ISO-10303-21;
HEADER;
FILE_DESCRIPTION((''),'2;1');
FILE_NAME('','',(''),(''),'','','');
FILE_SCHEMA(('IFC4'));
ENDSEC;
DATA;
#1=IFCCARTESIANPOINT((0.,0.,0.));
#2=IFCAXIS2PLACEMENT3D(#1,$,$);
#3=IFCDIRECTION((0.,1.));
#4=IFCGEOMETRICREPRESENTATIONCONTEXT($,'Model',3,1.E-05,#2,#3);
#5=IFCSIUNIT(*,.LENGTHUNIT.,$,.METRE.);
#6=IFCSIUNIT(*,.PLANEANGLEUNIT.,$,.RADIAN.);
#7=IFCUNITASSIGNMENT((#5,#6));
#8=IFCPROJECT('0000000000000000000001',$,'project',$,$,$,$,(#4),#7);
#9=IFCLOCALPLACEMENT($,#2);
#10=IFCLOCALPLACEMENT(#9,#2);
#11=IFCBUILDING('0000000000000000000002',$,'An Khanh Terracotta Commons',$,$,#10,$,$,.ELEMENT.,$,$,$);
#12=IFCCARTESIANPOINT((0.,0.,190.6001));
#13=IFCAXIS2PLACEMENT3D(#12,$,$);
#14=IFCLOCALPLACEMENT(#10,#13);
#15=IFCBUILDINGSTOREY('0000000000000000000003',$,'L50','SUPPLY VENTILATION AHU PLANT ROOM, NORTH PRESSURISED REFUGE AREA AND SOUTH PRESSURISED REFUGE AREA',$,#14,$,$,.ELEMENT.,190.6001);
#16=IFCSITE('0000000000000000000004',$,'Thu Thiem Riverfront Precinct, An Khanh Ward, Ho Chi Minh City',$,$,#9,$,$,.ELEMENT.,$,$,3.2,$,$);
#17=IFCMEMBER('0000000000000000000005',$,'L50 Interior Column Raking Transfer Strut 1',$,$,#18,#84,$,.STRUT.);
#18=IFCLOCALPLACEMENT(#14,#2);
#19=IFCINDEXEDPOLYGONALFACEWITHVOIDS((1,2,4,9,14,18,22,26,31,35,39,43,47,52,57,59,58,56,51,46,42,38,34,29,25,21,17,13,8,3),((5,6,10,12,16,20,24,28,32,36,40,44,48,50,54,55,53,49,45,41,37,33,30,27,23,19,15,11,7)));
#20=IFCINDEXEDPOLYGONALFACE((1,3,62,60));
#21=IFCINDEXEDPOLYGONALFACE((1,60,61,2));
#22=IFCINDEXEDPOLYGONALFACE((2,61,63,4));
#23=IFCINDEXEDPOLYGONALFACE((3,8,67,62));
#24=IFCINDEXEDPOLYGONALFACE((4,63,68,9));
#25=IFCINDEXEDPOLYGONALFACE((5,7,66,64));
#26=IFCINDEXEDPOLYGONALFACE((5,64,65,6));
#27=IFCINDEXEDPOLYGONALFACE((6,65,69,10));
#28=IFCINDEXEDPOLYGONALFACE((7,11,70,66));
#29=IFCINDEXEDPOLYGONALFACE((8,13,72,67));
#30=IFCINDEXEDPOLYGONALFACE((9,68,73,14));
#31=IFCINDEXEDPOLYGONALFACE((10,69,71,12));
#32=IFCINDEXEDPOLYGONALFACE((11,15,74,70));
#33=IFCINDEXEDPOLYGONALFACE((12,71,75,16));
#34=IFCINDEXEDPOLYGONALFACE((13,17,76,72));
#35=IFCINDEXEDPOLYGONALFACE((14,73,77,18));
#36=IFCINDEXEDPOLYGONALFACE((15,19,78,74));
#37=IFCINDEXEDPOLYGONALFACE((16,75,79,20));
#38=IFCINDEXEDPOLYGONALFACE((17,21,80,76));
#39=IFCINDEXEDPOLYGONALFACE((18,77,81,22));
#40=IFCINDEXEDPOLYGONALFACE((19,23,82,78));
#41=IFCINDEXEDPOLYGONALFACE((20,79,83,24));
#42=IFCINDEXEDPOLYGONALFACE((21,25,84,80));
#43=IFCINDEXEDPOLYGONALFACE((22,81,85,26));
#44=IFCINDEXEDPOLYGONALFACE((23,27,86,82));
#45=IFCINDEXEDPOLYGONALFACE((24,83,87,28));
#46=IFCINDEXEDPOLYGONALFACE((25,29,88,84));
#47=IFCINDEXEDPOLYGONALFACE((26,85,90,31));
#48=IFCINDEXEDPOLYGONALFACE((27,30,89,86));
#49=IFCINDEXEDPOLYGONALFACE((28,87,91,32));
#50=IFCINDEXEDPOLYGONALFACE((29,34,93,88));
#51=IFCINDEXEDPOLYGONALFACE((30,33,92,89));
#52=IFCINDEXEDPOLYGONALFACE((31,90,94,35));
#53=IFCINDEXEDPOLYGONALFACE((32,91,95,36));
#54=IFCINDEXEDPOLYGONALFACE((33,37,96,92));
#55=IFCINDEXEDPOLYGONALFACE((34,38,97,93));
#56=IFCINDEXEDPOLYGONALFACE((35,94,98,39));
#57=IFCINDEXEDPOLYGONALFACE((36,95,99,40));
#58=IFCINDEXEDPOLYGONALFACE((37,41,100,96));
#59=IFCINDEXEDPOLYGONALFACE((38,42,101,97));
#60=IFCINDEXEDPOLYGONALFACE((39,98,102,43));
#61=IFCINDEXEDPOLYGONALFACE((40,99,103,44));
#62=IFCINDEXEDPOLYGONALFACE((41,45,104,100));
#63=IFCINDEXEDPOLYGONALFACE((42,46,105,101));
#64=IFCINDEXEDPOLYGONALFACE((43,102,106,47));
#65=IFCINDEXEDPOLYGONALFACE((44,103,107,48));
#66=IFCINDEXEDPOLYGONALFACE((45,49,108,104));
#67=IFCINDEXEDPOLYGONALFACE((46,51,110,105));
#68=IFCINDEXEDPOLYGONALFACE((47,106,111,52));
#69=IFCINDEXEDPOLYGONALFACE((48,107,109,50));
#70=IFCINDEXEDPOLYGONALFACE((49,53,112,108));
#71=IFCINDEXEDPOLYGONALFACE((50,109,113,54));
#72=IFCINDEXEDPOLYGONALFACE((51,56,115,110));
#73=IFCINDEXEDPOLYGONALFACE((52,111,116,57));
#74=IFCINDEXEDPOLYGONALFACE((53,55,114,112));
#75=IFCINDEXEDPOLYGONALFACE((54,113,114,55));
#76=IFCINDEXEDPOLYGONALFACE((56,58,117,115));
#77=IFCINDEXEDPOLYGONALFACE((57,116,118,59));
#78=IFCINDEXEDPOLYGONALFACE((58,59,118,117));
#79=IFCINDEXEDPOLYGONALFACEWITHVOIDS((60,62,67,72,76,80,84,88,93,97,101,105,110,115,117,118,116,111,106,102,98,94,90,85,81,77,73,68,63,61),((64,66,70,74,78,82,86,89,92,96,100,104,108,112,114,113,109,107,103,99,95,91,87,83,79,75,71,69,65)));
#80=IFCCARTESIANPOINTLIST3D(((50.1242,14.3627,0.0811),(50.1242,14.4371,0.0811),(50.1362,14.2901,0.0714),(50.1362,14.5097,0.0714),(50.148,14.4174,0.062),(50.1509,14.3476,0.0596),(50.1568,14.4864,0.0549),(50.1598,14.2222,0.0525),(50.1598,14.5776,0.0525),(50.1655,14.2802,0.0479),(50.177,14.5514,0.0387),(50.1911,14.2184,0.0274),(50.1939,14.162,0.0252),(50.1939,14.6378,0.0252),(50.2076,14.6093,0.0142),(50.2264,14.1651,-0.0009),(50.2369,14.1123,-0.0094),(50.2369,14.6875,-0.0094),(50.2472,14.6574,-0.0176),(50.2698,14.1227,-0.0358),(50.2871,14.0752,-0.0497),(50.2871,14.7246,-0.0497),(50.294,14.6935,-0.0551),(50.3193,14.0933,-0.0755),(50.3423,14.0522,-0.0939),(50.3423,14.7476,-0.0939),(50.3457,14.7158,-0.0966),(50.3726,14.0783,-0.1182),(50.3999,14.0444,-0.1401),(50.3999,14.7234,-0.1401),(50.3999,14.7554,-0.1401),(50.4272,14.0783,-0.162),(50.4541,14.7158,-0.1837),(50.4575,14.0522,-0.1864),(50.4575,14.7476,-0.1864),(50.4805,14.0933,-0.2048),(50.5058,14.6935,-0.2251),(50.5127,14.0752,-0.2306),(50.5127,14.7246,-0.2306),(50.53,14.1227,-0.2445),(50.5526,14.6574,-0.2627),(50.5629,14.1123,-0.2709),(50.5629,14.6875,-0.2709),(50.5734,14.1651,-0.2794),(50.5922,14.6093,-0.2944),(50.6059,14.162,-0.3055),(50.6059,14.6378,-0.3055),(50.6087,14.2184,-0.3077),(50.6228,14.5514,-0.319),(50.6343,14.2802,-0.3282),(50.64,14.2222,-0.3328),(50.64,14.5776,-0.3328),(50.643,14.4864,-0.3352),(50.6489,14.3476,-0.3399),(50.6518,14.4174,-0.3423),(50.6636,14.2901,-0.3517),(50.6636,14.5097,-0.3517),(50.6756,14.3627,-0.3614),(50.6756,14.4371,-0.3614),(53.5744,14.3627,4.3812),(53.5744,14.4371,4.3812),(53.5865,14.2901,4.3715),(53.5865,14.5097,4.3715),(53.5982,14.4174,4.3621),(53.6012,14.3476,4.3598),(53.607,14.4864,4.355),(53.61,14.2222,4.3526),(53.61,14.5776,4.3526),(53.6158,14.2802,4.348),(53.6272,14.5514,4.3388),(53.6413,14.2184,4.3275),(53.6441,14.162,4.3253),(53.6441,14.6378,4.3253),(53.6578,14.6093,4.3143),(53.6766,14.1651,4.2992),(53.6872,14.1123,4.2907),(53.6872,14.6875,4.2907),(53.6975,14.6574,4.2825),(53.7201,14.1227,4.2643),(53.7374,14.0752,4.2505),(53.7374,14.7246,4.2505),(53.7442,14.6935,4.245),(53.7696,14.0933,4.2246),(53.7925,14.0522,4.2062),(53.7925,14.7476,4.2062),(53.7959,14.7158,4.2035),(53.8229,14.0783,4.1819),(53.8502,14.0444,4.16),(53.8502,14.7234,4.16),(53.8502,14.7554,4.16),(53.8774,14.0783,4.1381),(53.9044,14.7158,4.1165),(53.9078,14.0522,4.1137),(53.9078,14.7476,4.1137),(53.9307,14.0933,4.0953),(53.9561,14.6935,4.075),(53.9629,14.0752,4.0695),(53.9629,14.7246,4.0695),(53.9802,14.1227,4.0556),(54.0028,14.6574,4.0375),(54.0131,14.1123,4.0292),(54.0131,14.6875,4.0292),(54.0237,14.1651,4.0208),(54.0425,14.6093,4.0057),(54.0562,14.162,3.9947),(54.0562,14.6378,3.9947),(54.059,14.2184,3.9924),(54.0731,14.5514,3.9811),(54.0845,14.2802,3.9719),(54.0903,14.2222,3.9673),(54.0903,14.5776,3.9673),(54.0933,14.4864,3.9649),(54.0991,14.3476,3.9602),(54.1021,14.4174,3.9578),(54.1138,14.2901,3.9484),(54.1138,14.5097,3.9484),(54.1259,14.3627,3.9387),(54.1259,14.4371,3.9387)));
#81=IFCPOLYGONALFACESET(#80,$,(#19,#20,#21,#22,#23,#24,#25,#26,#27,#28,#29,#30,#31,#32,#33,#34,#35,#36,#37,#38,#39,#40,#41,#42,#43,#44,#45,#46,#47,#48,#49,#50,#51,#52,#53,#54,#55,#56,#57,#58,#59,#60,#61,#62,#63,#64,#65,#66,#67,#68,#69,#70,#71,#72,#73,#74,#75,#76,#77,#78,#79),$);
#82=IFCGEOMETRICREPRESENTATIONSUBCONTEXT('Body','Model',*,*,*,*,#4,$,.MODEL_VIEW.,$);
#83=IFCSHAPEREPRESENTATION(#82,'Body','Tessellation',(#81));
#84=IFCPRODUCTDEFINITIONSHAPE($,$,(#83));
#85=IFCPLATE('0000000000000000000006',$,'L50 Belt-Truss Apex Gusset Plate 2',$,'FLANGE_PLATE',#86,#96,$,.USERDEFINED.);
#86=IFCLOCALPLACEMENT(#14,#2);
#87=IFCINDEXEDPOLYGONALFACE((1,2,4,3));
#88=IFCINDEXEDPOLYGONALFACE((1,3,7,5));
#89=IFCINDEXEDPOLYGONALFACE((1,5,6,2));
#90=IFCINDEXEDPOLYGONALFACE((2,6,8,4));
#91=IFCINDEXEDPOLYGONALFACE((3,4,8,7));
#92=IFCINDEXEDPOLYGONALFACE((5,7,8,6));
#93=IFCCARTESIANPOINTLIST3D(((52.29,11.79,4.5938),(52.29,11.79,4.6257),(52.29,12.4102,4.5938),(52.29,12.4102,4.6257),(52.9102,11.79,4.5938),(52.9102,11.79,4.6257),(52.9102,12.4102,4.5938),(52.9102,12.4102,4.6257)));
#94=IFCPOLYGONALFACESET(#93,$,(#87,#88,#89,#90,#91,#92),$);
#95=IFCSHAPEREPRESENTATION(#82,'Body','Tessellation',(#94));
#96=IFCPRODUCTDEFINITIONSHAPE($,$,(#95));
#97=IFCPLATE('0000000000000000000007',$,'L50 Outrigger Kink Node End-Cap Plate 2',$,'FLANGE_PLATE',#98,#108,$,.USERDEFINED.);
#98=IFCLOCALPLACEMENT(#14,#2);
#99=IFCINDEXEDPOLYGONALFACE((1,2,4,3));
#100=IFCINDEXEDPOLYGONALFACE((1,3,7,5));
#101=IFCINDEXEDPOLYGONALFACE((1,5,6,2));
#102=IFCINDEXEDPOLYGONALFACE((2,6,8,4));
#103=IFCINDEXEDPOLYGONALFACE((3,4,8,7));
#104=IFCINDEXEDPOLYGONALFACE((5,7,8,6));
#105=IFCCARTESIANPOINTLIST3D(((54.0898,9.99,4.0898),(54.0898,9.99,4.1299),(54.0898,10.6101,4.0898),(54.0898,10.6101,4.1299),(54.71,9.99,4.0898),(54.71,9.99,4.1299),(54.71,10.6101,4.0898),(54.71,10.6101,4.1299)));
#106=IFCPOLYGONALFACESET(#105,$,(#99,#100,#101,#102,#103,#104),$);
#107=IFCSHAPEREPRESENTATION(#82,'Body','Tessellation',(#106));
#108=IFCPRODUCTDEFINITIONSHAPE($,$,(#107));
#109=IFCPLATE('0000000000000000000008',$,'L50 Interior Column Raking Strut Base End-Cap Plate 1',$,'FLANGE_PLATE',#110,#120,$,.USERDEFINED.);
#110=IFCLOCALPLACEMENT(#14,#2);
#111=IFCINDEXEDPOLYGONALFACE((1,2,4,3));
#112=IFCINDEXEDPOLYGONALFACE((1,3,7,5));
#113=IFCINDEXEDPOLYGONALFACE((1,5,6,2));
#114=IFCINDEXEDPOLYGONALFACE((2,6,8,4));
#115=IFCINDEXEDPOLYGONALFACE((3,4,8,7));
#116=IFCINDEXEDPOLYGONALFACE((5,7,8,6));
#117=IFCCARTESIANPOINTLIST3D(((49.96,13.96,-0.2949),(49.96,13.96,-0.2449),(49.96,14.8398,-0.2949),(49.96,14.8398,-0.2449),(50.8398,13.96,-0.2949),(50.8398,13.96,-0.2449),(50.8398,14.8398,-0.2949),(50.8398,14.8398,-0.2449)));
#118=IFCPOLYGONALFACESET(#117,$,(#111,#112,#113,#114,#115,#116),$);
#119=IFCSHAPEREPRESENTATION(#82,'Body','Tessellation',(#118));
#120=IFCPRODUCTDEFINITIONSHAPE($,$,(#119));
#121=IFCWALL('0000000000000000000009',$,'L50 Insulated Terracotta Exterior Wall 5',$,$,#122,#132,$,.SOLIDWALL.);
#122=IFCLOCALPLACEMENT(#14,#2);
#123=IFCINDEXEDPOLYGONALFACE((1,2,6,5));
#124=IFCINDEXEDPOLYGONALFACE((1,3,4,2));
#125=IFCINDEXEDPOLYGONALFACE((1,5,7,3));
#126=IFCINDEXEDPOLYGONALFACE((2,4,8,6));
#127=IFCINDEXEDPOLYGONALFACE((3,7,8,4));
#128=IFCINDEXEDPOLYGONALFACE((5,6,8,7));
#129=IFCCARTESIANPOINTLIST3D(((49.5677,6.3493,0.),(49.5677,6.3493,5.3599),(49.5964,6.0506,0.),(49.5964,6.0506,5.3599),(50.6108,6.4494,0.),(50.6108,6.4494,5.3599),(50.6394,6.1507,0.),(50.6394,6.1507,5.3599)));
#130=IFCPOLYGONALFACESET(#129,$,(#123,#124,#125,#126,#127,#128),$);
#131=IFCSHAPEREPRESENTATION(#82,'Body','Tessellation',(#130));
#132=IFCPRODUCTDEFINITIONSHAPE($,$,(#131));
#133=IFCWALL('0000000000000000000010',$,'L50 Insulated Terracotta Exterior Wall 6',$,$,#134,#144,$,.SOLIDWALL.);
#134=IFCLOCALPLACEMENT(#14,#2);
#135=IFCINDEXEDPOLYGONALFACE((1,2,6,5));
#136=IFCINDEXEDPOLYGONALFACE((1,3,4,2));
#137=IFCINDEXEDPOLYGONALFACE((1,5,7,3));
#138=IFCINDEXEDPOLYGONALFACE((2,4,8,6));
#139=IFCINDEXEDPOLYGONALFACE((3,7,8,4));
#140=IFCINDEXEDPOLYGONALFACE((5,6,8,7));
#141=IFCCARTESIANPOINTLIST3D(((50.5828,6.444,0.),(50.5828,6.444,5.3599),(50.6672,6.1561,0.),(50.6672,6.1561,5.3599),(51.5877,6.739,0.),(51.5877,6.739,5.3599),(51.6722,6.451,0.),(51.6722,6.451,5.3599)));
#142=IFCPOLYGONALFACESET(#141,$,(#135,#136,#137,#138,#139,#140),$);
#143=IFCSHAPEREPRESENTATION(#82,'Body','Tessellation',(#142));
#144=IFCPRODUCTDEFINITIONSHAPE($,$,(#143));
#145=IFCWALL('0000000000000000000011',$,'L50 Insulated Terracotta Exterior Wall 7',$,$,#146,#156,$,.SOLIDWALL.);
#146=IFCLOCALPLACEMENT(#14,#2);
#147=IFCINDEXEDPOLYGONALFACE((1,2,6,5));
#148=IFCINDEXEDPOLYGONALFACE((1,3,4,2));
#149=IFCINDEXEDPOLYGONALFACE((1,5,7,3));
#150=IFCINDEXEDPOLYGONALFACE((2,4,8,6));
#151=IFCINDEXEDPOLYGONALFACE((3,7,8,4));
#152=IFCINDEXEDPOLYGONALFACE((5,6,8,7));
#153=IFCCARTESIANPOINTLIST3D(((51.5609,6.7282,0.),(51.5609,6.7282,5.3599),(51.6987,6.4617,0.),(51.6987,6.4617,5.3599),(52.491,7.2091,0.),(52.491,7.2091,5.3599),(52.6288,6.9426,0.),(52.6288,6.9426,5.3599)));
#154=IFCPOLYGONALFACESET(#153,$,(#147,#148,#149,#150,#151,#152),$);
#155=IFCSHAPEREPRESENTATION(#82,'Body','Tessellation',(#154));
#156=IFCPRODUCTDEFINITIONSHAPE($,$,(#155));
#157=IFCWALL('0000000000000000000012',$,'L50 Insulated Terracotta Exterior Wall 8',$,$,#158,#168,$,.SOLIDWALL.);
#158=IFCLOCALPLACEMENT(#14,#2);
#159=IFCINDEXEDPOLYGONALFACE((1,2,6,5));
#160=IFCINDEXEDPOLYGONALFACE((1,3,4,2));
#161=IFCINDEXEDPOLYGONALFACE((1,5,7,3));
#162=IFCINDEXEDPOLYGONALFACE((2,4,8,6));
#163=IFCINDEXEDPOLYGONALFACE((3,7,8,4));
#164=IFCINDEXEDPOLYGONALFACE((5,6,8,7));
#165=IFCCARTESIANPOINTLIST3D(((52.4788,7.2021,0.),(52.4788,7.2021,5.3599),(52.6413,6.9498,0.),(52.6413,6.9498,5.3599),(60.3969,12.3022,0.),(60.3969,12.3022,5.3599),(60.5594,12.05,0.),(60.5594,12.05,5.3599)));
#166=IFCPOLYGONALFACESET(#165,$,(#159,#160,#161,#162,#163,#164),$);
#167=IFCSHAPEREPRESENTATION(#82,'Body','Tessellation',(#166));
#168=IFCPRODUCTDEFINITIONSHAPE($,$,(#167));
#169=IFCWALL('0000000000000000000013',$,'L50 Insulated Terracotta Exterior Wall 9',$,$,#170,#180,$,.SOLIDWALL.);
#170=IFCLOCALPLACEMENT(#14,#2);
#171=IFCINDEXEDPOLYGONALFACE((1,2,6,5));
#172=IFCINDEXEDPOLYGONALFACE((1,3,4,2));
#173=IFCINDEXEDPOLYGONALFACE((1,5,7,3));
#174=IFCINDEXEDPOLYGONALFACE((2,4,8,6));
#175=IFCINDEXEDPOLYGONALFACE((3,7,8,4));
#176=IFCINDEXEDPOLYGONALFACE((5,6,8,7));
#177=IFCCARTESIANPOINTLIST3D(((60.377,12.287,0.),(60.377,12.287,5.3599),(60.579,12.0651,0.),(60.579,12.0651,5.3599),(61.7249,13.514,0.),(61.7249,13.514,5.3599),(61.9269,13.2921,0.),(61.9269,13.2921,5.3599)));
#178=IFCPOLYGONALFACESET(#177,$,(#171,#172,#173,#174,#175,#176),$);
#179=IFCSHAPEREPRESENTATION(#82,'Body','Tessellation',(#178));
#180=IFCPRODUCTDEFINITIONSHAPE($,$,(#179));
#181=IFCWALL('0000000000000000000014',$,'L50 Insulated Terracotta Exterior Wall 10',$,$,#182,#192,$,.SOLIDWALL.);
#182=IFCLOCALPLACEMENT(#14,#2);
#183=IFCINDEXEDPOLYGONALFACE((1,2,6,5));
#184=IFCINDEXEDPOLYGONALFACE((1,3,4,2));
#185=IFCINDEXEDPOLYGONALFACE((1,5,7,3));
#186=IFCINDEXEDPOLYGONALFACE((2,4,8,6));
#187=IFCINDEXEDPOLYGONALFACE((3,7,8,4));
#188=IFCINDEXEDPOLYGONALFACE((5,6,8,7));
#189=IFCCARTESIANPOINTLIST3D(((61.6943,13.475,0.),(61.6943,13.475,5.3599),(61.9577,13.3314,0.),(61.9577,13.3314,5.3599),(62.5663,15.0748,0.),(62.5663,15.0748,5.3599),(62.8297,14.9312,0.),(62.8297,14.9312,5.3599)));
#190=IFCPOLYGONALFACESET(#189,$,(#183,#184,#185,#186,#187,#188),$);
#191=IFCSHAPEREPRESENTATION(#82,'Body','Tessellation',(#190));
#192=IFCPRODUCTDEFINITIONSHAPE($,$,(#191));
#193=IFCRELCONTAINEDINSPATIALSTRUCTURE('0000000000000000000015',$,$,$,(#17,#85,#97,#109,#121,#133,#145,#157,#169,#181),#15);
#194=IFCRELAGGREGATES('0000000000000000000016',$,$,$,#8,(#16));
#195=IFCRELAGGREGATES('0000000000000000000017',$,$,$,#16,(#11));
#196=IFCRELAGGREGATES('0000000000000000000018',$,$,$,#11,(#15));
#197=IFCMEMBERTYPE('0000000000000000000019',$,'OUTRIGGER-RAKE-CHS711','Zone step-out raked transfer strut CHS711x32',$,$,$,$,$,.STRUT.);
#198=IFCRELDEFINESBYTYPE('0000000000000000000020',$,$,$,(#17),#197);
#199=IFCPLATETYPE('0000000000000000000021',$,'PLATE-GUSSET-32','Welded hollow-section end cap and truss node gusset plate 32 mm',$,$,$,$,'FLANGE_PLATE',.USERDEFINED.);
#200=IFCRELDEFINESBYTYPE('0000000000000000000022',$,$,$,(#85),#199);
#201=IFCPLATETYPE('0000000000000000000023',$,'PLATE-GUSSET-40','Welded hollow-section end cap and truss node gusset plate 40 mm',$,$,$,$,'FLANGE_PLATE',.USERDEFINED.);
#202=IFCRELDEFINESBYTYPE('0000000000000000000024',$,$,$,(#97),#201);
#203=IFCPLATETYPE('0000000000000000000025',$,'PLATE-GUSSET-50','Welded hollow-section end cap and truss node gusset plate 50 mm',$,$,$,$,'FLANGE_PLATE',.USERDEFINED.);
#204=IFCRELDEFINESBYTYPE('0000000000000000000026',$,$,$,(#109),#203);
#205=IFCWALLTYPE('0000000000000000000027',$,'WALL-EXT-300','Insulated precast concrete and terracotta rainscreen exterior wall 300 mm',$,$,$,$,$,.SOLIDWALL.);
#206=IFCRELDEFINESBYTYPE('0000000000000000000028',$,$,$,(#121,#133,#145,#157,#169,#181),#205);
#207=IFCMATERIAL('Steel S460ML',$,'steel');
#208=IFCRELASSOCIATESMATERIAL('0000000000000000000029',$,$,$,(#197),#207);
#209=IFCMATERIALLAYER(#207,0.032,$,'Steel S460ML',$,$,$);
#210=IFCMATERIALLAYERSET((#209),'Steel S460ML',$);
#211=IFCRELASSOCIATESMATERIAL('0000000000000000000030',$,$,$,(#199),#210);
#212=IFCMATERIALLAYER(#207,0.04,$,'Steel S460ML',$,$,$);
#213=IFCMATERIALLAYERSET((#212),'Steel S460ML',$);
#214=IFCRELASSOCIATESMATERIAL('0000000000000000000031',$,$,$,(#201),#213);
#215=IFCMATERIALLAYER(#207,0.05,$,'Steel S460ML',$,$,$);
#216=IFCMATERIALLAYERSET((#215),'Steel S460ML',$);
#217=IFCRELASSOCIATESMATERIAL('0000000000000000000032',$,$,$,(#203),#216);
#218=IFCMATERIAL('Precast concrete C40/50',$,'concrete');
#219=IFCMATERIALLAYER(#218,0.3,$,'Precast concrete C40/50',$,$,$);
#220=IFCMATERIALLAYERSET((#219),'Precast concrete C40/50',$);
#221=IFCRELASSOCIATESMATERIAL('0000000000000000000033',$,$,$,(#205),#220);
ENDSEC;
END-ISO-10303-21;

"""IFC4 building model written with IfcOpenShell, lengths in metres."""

from ifc_helpers import new_model, si_unit, direction, frame, frame_2d, origin, origin_2d, place, context, subcontext, project, spatial, rectangle, hollow_circle, extrude, material, layer, layer_set, material_profile, profile_set, type_object, element, save


model = new_model("IFC4")

# Units and contexts
model_context = context("Model", 3, precision=1e-05, world=origin(), true_north=direction((0.0, 1.0)))
body_context = subcontext(model_context, "Body", "Model", "MODEL_VIEW")
ifc_project = project(units=[si_unit("LENGTHUNIT", "METRE"), si_unit("PLANEANGLEUNIT", "RADIAN")], contexts=[model_context])

# Site, building, storey
site_placement = place(None, origin())
site = spatial("IfcSite", under=ifc_project, at=site_placement, Name="Thu Thiem Riverfront Precinct, An Khanh Ward, Ho Chi Minh City", CompositionType="ELEMENT", RefElevation=3.2)
building_placement = place(site_placement, origin())
building = spatial("IfcBuilding", under=site, at=building_placement, Name="An Khanh Terracotta Commons", CompositionType="ELEMENT")
storey_placement = place(building_placement, frame((0.0, 0.0, 190.6001)))
storey = spatial("IfcBuildingStorey", under=building, at=storey_placement, Name="L50", Description="SUPPLY VENTILATION AHU PLANT ROOM, NORTH PRESSURISED REFUGE AREA AND SOUTH PRESSURISED REFUGE AREA", CompositionType="ELEMENT", Elevation=190.6001)

# Shared definitions
ifc_material_1 = material(Name="Steel S460ML", Category="steel")

# Member
ifc_material_profile_1 = material_profile(ifc_material_1, hollow_circle(Radius=0.3555, WallThickness=0.032, at=origin_2d()), Name="CHS711x32")
ifc_profile_set_1 = profile_set([ifc_material_profile_1], Name="Steel S460ML")
member_type = type_object("IfcMemberType", Name="OUTRIGGER-RAKE-CHS711", Description="Zone step-out raked transfer strut CHS711x32", PredefinedType="STRUT", material=ifc_profile_set_1)
member_placement = place(storey_placement, frame((50.3999, 14.3999, -0.1401), z_axis=(0.625818, 0.0, 0.779969), x_axis=(0.0, 1.0, 0.0)))
element("IfcMember", 1, at=member_placement, inside=storey, type_object=member_type, Name="L50 Interior Column Raking Transfer Strut 1", PredefinedType="STRUT", context=body_context, shape_type="SweptSolid", body=[
    extrude(hollow_circle(Radius=0.3555, WallThickness=0.032, at=origin_2d()), origin(), (0.0, 0.0, 1.0), 5.5132),
])

# Plates
ifc_layer_1 = layer(ifc_material_1, 0.032, Name="Steel S460ML")
ifc_layer_set_1 = layer_set([ifc_layer_1], Name="Steel S460ML")
plate_type_1 = type_object("IfcPlateType", Name="PLATE-GUSSET-32", Description="Welded hollow-section end cap and truss node gusset plate 32 mm", ElementType="FLANGE_PLATE", PredefinedType="USERDEFINED", material=ifc_layer_set_1)
plate_1_placement = place(storey_placement, frame((52.6001, 12.1001, 4.5938), z_axis=(0.0, 0.0, 1.0), x_axis=(1.0, 0.0, 0.0)))
element("IfcPlate", 2, at=plate_1_placement, inside=storey, type_object=plate_type_1, Name="L50 Belt-Truss Apex Gusset Plate 2", ObjectType="FLANGE_PLATE", PredefinedType="USERDEFINED", context=body_context, shape_type="SweptSolid", body=[
    extrude(rectangle(XDim=0.6201, YDim=0.6201, at=origin_2d()), origin(), (0.0, 0.0, 1.0), 0.032),
])
ifc_layer_2 = layer(ifc_material_1, 0.04, Name="Steel S460ML")
ifc_layer_set_2 = layer_set([ifc_layer_2], Name="Steel S460ML")
plate_type_2 = type_object("IfcPlateType", Name="PLATE-GUSSET-40", Description="Welded hollow-section end cap and truss node gusset plate 40 mm", ElementType="FLANGE_PLATE", PredefinedType="USERDEFINED", material=ifc_layer_set_2)
plate_2_placement = place(storey_placement, frame((54.3999, 10.3, 4.0898), z_axis=(0.0, 0.0, 1.0), x_axis=(1.0, 0.0, 0.0)))
element("IfcPlate", 3, at=plate_2_placement, inside=storey, type_object=plate_type_2, Name="L50 Outrigger Kink Node End-Cap Plate 2", ObjectType="FLANGE_PLATE", PredefinedType="USERDEFINED", context=body_context, shape_type="SweptSolid", body=[
    extrude(rectangle(XDim=0.6201, YDim=0.6201, at=origin_2d()), origin(), (0.0, 0.0, 1.0), 0.04),
])
ifc_layer_3 = layer(ifc_material_1, 0.05, Name="Steel S460ML")
ifc_layer_set_3 = layer_set([ifc_layer_3], Name="Steel S460ML")
plate_type_3 = type_object("IfcPlateType", Name="PLATE-GUSSET-50", Description="Welded hollow-section end cap and truss node gusset plate 50 mm", ElementType="FLANGE_PLATE", PredefinedType="USERDEFINED", material=ifc_layer_set_3)
plate_3_placement = place(storey_placement, frame((50.3999, 14.3999, -0.2949), z_axis=(0.0, 0.0, 1.0), x_axis=(1.0, 0.0, 0.0)))
element("IfcPlate", 4, at=plate_3_placement, inside=storey, type_object=plate_type_3, Name="L50 Interior Column Raking Strut Base End-Cap Plate 1", ObjectType="FLANGE_PLATE", PredefinedType="USERDEFINED", context=body_context, shape_type="SweptSolid", body=[
    extrude(rectangle(XDim=0.8799, YDim=0.8799, at=origin_2d()), origin(), (0.0, 0.0, 1.0), 0.05),
])

# Walls
ifc_material_2 = material(Name="Precast concrete C40/50", Category="concrete")
ifc_layer_4 = layer(ifc_material_2, 0.3, Name="Precast concrete C40/50")
ifc_layer_set_4 = layer_set([ifc_layer_4], Name="Precast concrete C40/50")
wall_type = type_object("IfcWallType", Name="WALL-EXT-300", Description="Insulated precast concrete and terracotta rainscreen exterior wall 300 mm", PredefinedType="SOLIDWALL", material=ifc_layer_set_4)
wall_1_placement = place(storey_placement, frame((49.582, 6.2, 0.0), z_axis=(0.0, 0.0, 1.0), x_axis=(0.995426, 0.095535, 0.0)))
element("IfcWall", 5, at=wall_1_placement, inside=storey, type_object=wall_type, Name="L50 Insulated Terracotta Exterior Wall 5", PredefinedType="SOLIDWALL", context=body_context, shape_type="SweptSolid", body=[
    extrude(rectangle(XDim=1.0479, YDim=0.3, at=frame_2d((0.5239, 0.0))), origin(), (0.0, 0.0, 1.0), 5.3599),
])
wall_2_placement = place(storey_placement, frame((50.625, 6.3, 0.0), z_axis=(0.0, 0.0, 1.0), x_axis=(0.959529, 0.281611, 0.0)))
element("IfcWall", 6, at=wall_2_placement, inside=storey, type_object=wall_type, Name="L50 Insulated Terracotta Exterior Wall 6", PredefinedType="SOLIDWALL", context=body_context, shape_type="SweptSolid", body=[
    extrude(rectangle(XDim=1.0474, YDim=0.3, at=frame_2d((0.5237, 0.0))), origin(), (0.0, 0.0, 1.0), 5.3599),
])
wall_3_placement = place(storey_placement, frame((51.6299, 6.595, 0.0), z_axis=(0.0, 0.0, 1.0), x_axis=(0.888283, 0.459296, 0.0)))
element("IfcWall", 7, at=wall_3_placement, inside=storey, type_object=wall_type, Name="L50 Insulated Terracotta Exterior Wall 7", PredefinedType="SOLIDWALL", context=body_context, shape_type="SweptSolid", body=[
    extrude(rectangle(XDim=1.0471, YDim=0.3, at=frame_2d((0.5234, 0.0))), origin(), (0.0, 0.0, 1.0), 5.3599),
])
wall_4_placement = place(storey_placement, frame((52.5601, 7.0759, 0.0), z_axis=(0.0, 0.0, 1.0), x_axis=(0.840696, 0.541507, 0.0)))
element("IfcWall", 8, at=wall_4_placement, inside=storey, type_object=wall_type, Name="L50 Insulated Terracotta Exterior Wall 8", PredefinedType="SOLIDWALL", context=body_context, shape_type="SweptSolid", body=[
    extrude(rectangle(XDim=9.4185, YDim=0.3, at=frame_2d((4.7092, 0.0))), origin(), (0.0, 0.0, 1.0), 5.3599),
])
wall_5_placement = place(storey_placement, frame((60.478, 12.176, 0.0), z_axis=(0.0, 0.0, 1.0), x_axis=(0.739479, 0.673179, 0.0)))
element("IfcWall", 9, at=wall_5_placement, inside=storey, type_object=wall_type, Name="L50 Insulated Terracotta Exterior Wall 9", PredefinedType="SOLIDWALL", context=body_context, shape_type="SweptSolid", body=[
    extrude(rectangle(XDim=1.8228, YDim=0.3, at=frame_2d((0.9114, 0.0))), origin(), (0.0, 0.0, 1.0), 5.3599),
])
wall_6_placement = place(storey_placement, frame((61.8259, 13.4031, 0.0), z_axis=(0.0, 0.0, 1.0), x_axis=(0.478608, 0.878029, 0.0)))
element("IfcWall", 10, at=wall_6_placement, inside=storey, type_object=wall_type, Name="L50 Insulated Terracotta Exterior Wall 10", PredefinedType="SOLIDWALL", context=body_context, shape_type="SweptSolid", body=[
    extrude(rectangle(XDim=1.822, YDim=0.3, at=frame_2d((0.9111, 0.0))), origin(), (0.0, 0.0, 1.0), 5.3599),
])

save(model, "model.ifc")
